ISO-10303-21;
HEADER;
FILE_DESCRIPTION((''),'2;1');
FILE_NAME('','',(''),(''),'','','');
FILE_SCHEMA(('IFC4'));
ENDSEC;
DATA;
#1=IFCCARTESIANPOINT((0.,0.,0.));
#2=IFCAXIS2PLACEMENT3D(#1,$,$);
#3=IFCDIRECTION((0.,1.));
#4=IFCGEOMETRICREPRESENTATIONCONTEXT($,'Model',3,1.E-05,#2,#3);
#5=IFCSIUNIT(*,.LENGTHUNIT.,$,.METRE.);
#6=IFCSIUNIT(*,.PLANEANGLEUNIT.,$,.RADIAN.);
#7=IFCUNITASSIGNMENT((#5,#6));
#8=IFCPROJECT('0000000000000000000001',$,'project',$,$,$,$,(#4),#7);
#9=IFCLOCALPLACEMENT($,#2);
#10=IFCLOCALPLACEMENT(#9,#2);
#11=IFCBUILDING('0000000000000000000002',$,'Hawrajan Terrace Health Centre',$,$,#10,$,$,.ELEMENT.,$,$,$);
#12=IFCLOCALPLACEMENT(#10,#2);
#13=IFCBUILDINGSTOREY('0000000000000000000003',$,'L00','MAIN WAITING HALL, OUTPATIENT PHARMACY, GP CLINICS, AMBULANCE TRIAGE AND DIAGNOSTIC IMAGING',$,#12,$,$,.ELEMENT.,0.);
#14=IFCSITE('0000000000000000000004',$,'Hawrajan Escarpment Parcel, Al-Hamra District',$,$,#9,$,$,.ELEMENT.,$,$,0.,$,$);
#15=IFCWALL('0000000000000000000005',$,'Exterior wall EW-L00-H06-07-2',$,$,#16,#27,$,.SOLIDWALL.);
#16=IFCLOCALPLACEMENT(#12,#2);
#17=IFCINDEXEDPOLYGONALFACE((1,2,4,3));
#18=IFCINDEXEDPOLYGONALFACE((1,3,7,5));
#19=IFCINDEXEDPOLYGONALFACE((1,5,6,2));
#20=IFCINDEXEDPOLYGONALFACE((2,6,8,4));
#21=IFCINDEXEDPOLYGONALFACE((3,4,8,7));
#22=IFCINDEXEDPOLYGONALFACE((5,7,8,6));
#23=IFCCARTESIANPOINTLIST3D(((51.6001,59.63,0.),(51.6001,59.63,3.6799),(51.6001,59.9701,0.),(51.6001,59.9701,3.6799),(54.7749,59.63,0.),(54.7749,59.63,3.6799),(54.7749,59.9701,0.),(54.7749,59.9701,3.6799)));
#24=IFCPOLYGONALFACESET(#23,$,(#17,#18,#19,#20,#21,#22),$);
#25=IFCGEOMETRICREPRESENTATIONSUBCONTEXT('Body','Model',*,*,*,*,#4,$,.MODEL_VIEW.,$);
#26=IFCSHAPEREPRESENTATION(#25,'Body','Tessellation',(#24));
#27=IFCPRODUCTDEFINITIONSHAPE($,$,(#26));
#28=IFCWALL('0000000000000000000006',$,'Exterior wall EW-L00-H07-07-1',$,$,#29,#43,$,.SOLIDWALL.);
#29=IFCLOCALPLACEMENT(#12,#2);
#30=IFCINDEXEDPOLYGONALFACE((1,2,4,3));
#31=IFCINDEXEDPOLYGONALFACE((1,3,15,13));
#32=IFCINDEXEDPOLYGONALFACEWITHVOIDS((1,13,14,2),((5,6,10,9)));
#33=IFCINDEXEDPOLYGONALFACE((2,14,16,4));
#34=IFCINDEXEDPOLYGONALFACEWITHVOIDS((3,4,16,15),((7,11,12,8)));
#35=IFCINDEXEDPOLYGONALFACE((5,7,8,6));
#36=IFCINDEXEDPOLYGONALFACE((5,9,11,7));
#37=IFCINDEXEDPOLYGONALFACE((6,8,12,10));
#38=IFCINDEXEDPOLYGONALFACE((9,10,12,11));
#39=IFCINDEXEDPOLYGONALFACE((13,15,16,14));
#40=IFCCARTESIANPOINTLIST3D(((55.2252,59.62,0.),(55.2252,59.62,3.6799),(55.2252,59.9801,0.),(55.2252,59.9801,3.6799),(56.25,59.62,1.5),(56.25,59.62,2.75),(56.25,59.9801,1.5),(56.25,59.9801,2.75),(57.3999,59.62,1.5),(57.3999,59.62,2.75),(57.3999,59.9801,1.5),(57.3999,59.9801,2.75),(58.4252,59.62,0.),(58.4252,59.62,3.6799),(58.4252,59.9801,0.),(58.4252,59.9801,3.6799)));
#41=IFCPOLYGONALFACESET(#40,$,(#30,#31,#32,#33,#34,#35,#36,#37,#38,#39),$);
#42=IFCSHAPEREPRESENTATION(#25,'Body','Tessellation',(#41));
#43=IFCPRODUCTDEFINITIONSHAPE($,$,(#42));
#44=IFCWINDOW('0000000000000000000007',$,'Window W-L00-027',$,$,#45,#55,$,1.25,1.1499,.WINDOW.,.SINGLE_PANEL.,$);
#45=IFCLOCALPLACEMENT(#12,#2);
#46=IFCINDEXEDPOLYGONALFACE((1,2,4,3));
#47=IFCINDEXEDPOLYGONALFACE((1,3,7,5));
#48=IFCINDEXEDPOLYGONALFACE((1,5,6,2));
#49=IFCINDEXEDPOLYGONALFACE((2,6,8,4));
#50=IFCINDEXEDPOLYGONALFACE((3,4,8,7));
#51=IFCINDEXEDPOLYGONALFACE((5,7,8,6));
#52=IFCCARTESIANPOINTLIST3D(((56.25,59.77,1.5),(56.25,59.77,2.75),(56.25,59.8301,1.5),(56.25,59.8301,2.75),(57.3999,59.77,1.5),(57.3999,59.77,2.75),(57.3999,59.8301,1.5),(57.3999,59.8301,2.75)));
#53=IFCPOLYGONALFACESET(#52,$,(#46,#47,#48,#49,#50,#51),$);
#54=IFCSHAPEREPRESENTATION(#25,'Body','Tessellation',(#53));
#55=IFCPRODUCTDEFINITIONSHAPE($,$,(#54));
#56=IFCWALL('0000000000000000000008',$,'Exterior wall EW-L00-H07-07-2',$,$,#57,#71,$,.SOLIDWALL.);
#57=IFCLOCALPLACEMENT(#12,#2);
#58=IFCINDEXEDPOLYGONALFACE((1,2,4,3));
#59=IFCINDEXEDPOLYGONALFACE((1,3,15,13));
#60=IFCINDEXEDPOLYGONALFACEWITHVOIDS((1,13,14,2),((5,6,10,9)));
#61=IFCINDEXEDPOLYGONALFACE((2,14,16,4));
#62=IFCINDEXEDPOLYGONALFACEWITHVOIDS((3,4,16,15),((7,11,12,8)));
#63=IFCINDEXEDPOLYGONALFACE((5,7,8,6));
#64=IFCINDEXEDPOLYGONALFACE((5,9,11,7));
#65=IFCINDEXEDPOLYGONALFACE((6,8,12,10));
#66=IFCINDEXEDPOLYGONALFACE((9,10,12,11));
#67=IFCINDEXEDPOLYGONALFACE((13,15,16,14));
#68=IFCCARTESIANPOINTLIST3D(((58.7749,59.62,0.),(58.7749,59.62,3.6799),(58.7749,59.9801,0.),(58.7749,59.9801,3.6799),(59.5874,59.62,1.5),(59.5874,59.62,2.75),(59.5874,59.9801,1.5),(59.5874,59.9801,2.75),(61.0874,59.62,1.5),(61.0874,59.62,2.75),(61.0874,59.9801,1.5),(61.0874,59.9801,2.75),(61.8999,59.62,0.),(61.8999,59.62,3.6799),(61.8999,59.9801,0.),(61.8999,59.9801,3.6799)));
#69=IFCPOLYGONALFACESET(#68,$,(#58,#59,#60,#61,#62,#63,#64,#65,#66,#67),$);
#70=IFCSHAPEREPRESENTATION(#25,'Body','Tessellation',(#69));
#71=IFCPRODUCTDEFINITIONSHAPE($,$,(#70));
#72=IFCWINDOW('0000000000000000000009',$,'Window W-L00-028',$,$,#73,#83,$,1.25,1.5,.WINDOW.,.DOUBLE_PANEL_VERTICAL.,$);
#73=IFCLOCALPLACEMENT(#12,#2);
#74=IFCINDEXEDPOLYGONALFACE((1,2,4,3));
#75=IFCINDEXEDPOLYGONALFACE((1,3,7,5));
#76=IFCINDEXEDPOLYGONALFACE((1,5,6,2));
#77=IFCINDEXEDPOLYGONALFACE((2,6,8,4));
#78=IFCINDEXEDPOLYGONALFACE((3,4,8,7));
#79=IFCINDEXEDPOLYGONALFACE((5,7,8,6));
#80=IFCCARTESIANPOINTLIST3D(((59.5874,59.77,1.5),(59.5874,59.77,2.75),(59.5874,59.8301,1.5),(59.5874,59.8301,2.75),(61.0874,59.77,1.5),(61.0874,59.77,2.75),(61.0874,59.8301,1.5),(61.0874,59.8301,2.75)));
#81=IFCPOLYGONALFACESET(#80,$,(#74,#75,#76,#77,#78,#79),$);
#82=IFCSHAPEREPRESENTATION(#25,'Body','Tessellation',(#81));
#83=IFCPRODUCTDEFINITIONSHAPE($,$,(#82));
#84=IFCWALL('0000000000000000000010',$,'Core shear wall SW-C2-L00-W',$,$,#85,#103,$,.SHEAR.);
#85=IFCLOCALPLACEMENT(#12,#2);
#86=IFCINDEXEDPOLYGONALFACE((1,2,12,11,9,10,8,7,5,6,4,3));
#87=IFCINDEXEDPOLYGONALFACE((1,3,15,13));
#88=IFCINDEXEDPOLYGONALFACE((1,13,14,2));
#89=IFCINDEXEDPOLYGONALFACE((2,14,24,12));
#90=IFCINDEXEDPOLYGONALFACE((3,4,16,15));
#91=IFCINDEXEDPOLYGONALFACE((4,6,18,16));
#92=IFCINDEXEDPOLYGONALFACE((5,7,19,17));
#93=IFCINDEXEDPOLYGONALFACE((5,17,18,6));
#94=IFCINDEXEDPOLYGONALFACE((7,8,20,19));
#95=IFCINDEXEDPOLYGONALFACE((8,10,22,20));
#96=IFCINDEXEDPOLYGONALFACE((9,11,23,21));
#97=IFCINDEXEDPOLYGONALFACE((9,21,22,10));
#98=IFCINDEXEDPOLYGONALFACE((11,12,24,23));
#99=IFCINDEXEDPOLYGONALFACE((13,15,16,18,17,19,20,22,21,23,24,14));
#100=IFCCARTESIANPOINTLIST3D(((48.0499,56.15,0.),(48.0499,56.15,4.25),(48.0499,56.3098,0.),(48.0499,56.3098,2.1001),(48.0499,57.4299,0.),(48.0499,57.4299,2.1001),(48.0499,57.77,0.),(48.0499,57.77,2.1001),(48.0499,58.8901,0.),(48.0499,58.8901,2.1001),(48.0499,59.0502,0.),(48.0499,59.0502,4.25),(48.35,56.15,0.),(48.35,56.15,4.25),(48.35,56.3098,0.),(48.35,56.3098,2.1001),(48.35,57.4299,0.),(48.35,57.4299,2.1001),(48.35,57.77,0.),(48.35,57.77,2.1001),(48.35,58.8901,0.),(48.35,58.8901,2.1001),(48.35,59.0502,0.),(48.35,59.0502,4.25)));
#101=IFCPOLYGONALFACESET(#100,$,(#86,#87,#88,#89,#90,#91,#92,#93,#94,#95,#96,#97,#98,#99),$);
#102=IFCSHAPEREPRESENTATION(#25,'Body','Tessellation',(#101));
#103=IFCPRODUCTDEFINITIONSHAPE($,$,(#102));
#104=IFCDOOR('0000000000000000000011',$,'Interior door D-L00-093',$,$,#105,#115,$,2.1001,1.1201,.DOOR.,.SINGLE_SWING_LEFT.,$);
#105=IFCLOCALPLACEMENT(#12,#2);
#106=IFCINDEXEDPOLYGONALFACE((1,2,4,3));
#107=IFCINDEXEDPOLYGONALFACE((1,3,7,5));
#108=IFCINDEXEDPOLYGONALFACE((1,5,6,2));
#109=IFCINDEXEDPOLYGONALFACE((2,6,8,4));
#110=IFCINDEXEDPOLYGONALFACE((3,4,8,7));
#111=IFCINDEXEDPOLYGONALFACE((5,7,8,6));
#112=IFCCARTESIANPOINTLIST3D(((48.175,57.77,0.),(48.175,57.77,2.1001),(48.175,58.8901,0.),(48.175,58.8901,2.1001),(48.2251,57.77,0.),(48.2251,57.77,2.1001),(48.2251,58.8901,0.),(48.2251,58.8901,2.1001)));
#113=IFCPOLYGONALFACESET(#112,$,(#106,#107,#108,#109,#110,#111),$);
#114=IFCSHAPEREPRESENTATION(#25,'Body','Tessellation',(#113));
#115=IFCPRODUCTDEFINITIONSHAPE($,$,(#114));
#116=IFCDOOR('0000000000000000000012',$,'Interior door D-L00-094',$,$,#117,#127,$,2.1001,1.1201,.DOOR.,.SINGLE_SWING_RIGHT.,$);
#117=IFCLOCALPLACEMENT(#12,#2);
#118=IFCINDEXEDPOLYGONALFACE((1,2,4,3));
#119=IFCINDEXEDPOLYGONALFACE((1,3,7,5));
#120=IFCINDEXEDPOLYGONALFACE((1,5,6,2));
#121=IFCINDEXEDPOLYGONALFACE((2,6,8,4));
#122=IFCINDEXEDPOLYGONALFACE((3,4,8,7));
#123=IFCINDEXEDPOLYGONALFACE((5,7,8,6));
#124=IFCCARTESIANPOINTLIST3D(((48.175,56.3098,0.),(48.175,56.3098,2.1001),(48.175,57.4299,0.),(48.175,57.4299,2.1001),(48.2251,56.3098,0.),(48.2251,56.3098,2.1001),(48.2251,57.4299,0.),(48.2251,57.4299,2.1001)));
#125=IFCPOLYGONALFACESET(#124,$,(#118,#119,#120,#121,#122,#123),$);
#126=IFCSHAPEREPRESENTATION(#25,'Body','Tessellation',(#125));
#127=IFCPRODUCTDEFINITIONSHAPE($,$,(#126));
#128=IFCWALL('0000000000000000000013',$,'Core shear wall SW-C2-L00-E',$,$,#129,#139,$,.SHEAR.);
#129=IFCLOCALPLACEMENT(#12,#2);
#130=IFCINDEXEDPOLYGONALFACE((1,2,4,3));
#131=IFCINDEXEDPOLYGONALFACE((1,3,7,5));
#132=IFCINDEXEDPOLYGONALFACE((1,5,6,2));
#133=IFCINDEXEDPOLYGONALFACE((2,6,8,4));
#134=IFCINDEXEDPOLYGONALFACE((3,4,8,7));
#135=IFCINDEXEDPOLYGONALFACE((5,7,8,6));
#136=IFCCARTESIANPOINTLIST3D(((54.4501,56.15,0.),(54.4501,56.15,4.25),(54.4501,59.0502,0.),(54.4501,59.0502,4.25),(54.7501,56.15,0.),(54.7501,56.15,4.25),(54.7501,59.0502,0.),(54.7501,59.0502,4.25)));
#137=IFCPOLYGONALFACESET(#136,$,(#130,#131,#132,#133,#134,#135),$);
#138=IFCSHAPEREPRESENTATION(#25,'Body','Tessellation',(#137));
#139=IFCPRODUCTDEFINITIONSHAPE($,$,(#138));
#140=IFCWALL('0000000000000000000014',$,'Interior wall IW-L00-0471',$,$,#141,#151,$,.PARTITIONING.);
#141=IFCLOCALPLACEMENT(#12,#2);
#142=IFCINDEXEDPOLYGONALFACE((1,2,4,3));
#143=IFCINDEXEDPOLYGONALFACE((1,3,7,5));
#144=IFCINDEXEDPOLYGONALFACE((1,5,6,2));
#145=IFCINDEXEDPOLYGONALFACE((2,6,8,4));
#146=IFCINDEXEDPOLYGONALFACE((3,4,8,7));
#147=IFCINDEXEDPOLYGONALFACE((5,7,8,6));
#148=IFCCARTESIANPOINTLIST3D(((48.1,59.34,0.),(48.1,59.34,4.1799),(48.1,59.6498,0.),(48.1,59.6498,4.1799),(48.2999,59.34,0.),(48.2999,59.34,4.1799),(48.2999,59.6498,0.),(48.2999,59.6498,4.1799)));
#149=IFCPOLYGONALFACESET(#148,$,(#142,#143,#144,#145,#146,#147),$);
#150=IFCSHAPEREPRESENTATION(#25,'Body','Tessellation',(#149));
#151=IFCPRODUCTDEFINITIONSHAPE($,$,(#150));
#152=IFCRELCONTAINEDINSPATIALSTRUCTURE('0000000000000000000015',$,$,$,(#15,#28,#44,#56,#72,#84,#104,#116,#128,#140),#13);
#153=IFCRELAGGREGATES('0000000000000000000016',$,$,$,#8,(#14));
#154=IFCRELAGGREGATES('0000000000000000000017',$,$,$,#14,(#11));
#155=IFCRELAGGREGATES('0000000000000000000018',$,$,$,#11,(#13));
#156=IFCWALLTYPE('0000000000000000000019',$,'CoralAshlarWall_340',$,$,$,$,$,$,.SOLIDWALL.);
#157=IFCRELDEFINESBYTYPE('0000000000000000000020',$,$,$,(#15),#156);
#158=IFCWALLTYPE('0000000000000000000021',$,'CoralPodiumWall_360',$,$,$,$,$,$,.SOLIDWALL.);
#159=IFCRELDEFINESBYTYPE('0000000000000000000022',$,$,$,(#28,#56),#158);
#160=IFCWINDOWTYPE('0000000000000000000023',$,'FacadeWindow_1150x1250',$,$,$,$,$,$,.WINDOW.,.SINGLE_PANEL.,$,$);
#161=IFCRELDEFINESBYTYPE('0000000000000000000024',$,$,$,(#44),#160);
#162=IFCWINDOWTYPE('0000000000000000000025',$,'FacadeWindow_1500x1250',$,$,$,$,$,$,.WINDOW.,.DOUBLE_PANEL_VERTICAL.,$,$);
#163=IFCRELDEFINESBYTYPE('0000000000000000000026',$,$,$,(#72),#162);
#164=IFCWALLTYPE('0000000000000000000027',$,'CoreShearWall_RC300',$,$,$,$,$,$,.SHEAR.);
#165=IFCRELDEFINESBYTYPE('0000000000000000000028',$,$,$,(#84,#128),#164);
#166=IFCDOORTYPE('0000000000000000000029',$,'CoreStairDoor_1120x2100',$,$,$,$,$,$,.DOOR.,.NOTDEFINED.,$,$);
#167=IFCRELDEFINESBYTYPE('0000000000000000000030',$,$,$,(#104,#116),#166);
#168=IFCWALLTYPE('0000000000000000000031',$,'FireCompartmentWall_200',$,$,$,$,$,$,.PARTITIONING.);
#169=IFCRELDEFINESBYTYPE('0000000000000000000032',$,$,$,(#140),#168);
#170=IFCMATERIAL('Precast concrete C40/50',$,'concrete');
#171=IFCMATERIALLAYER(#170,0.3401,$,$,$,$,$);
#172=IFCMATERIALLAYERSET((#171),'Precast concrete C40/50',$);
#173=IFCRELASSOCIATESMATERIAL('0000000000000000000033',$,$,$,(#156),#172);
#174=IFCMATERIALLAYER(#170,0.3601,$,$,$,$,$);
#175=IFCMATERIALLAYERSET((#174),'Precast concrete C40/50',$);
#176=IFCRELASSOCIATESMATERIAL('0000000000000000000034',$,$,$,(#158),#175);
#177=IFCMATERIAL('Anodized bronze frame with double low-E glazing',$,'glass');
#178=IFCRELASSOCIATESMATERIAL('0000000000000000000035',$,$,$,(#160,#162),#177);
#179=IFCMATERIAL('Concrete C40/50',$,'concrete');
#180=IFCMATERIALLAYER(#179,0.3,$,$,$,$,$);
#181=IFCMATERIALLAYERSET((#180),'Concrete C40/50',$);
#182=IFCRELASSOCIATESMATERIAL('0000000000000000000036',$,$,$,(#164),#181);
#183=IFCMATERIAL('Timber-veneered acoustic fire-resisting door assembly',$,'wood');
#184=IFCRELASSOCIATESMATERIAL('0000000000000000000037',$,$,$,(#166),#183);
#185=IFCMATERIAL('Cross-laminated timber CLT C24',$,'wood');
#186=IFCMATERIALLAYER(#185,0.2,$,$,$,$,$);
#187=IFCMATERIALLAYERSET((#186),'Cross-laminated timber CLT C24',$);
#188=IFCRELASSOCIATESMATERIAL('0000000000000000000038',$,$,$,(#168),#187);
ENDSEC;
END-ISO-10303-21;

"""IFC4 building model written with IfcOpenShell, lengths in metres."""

from ifc_helpers import new_model, si_unit, direction, frame, frame_2d, origin, place, context, subcontext, project, spatial, rectangle, extrude, material, layer, layer_set, type_object, element, fill, save


model = new_model("IFC4")

# Units and contexts
model_context = context("Model", 3, precision=1e-05, world=origin(), true_north=direction((0.0, 1.0)))
body_context = subcontext(model_context, "Body", "Model", "MODEL_VIEW")
ifc_project = project(units=[si_unit("LENGTHUNIT", "METRE"), si_unit("PLANEANGLEUNIT", "RADIAN")], contexts=[model_context])

# Site, building, storey
site_placement = place(None, origin())
site = spatial("IfcSite", under=ifc_project, at=site_placement, Name="Hawrajan Escarpment Parcel, Al-Hamra District", CompositionType="ELEMENT", RefElevation=0.0)
building_placement = place(site_placement, origin())
building = spatial("IfcBuilding", under=site, at=building_placement, Name="Hawrajan Terrace Health Centre", CompositionType="ELEMENT")
storey_placement = place(building_placement, origin())
storey = spatial("IfcBuildingStorey", under=building, at=storey_placement, Name="L00", Description="MAIN WAITING HALL, OUTPATIENT PHARMACY, GP CLINICS, AMBULANCE TRIAGE AND DIAGNOSTIC IMAGING", CompositionType="ELEMENT", Elevation=0.0)

# Shared definitions
ifc_material_1 = material(Name="Concrete C40/50", Category="concrete")

# Wall
ifc_material_2 = material(Name="Precast concrete C40/50", Category="concrete")
ifc_layer_1 = layer(ifc_material_2, 0.3401)
ifc_layer_set_1 = layer_set([ifc_layer_1], Name="Precast concrete C40/50")
wall_type_1 = type_object("IfcWallType", Name="CoralAshlarWall_340", PredefinedType="SOLIDWALL", material=ifc_layer_set_1)
wall_1_placement = place(storey_placement, frame((51.6001, 59.8, 0.0), z_axis=(0.0, 0.0, 1.0), x_axis=(1.0, 0.0, 0.0)))
element("IfcWall", 1, at=wall_1_placement, inside=storey, type_object=wall_type_1, Name="Exterior wall EW-L00-H06-07-2", PredefinedType="SOLIDWALL", context=body_context, shape_type="SweptSolid", body=[
    extrude(rectangle(XDim=3.1748, YDim=0.3401, at=frame_2d((1.5874, 0.0))), origin(), (0.0, 0.0, 1.0), 3.6799),
])

# Walls, openings, windows
ifc_layer_2 = layer(ifc_material_2, 0.3601)
ifc_layer_set_2 = layer_set([ifc_layer_2], Name="Precast concrete C40/50")
wall_type_2 = type_object("IfcWallType", Name="CoralPodiumWall_360", PredefinedType="SOLIDWALL", material=ifc_layer_set_2)
wall_2_placement = place(storey_placement, frame((55.2251, 59.8, 0.0), z_axis=(0.0, 0.0, 1.0), x_axis=(1.0, 0.0, 0.0)))
wall_2 = element("IfcWall", 2, at=wall_2_placement, inside=storey, type_object=wall_type_2, Name="Exterior wall EW-L00-H07-07-1", PredefinedType="SOLIDWALL", context=body_context, shape_type="SweptSolid", body=[
    extrude(rectangle(XDim=3.2, YDim=0.3601, at=frame_2d((1.6001, 0.0))), origin(), (0.0, 0.0, 1.0), 3.6799),
])
opening_1_placement = place(wall_2_placement, frame((1.0249, 0.0, 1.5)))
opening_1 = element("IfcOpeningElement", 3, at=opening_1_placement, cuts=wall_2, PredefinedType="OPENING", context=body_context, shape_type="SweptSolid", body=[
    extrude(rectangle(XDim=1.1499, YDim=1.25, at=frame_2d((0.575, 0.625))), frame((0.0, 0.1899, 0.0), z_axis=(0.0, -1.0, 0.0), x_axis=(1.0, 0.0, 0.0)), (0.0, 0.0, 1.0), 0.3801),
])
ifc_material_3 = material(Name="Anodized bronze frame with double low-E glazing", Category="glass")
window_type_1 = type_object("IfcWindowType", Name="FacadeWindow_1150x1250", PartitioningType="SINGLE_PANEL", PredefinedType="WINDOW", material=ifc_material_3)
window_1_placement = place(opening_1_placement, origin())
window_1 = element("IfcWindow", 4, at=window_1_placement, inside=storey, type_object=window_type_1, Name="Window W-L00-027", OverallHeight=1.25, OverallWidth=1.1499, PartitioningType="SINGLE_PANEL", PredefinedType="WINDOW", context=body_context, shape_type="SweptSolid", body=[
    extrude(rectangle(XDim=1.1499, YDim=1.25, at=frame_2d((0.575, 0.625))), frame((0.0, 0.03, 0.0), z_axis=(0.0, -1.0, 0.0), x_axis=(1.0, 0.0, 0.0)), (0.0, 0.0, 1.0), 0.0601),
])
fill(opening_1, window_1)
wall_3_placement = place(storey_placement, frame((58.7749, 59.8, 0.0), z_axis=(0.0, 0.0, 1.0), x_axis=(1.0, 0.0, 0.0)))
wall_3 = element("IfcWall", 5, at=wall_3_placement, inside=storey, type_object=wall_type_2, Name="Exterior wall EW-L00-H07-07-2", PredefinedType="SOLIDWALL", context=body_context, shape_type="SweptSolid", body=[
    extrude(rectangle(XDim=3.125, YDim=0.3601, at=frame_2d((1.5625, 0.0))), origin(), (0.0, 0.0, 1.0), 3.6799),
])
opening_2_placement = place(wall_3_placement, frame((0.8125, 0.0, 1.5)))
opening_2 = element("IfcOpeningElement", 6, at=opening_2_placement, cuts=wall_3, PredefinedType="OPENING", context=body_context, shape_type="SweptSolid", body=[
    extrude(rectangle(XDim=1.5, YDim=1.25, at=frame_2d((0.75, 0.625))), frame((0.0, 0.1899, 0.0), z_axis=(0.0, -1.0, 0.0), x_axis=(1.0, 0.0, 0.0)), (0.0, 0.0, 1.0), 0.3801),
])
window_type_2 = type_object("IfcWindowType", Name="FacadeWindow_1500x1250", PartitioningType="DOUBLE_PANEL_VERTICAL", PredefinedType="WINDOW", material=ifc_material_3)
window_2_placement = place(opening_2_placement, origin())
window_2 = element("IfcWindow", 7, at=window_2_placement, inside=storey, type_object=window_type_2, Name="Window W-L00-028", OverallHeight=1.25, OverallWidth=1.5, PartitioningType="DOUBLE_PANEL_VERTICAL", PredefinedType="WINDOW", context=body_context, shape_type="SweptSolid", body=[
    extrude(rectangle(XDim=1.5, YDim=1.25, at=frame_2d((0.75, 0.625))), frame((0.0, 0.03, 0.0), z_axis=(0.0, -1.0, 0.0), x_axis=(1.0, 0.0, 0.0)), (0.0, 0.0, 1.0), 0.0601),
])
fill(opening_2, window_2)

# Wall, openings, doors
ifc_layer_3 = layer(ifc_material_1, 0.3)
ifc_layer_set_3 = layer_set([ifc_layer_3], Name="Concrete C40/50")
wall_type_3 = type_object("IfcWallType", Name="CoreShearWall_RC300", PredefinedType="SHEAR", material=ifc_layer_set_3)
wall_4_placement = place(storey_placement, frame((48.2, 56.1499, 0.0), z_axis=(0.0, 0.0, 1.0), x_axis=(0.0, 1.0, 0.0)))
wall_4 = element("IfcWall", 8, at=wall_4_placement, inside=storey, type_object=wall_type_3, Name="Core shear wall SW-C2-L00-W", PredefinedType="SHEAR", context=body_context, shape_type="SweptSolid", body=[
    extrude(rectangle(XDim=2.9001, YDim=0.3, at=frame_2d((1.4502, 0.0))), origin(), (0.0, 0.0, 1.0), 4.25),
])
opening_3_placement = place(wall_4_placement, frame((1.6201, 0.0, 0.0)))
opening_3 = element("IfcOpeningElement", 9, at=opening_3_placement, cuts=wall_4, PredefinedType="OPENING", context=body_context, shape_type="SweptSolid", body=[
    extrude(rectangle(XDim=1.1201, YDim=2.1001, at=frame_2d((0.5601, 1.05))), frame((0.0, 0.1599, 0.0), z_axis=(0.0, -1.0, 0.0), x_axis=(1.0, 0.0, 0.0)), (0.0, 0.0, 1.0), 0.3201),
])
opening_4_placement = place(wall_4_placement, frame((0.1599, 0.0, 0.0)))
opening_4 = element("IfcOpeningElement", 10, at=opening_4_placement, cuts=wall_4, PredefinedType="OPENING", context=body_context, shape_type="SweptSolid", body=[
    extrude(rectangle(XDim=1.1201, YDim=2.1001, at=frame_2d((0.5601, 1.05))), frame((0.0, 0.1599, 0.0), z_axis=(0.0, -1.0, 0.0), x_axis=(1.0, 0.0, 0.0)), (0.0, 0.0, 1.0), 0.3201),
])
ifc_material_4 = material(Name="Timber-veneered acoustic fire-resisting door assembly", Category="wood")
door_type = type_object("IfcDoorType", Name="CoreStairDoor_1120x2100", OperationType="NOTDEFINED", PredefinedType="DOOR", material=ifc_material_4)
door_1_placement = place(opening_3_placement, origin())
door_1 = element("IfcDoor", 11, at=door_1_placement, inside=storey, type_object=door_type, Name="Interior door D-L00-093", OperationType="SINGLE_SWING_LEFT", OverallHeight=2.1001, OverallWidth=1.1201, PredefinedType="DOOR", context=body_context, shape_type="SweptSolid", body=[
    extrude(rectangle(XDim=1.1201, YDim=2.1001, at=frame_2d((0.5601, 1.05))), frame((0.0, 0.0249, 0.0), z_axis=(0.0, -1.0, 0.0), x_axis=(1.0, 0.0, 0.0)), (0.0, 0.0, 1.0), 0.05),
])
fill(opening_3, door_1)
door_2_placement = place(opening_4_placement, origin())
door_2 = element("IfcDoor", 12, at=door_2_placement, inside=storey, type_object=door_type, Name="Interior door D-L00-094", OperationType="SINGLE_SWING_RIGHT", OverallHeight=2.1001, OverallWidth=1.1201, PredefinedType="DOOR", context=body_context, shape_type="SweptSolid", body=[
    extrude(rectangle(XDim=1.1201, YDim=2.1001, at=frame_2d((0.5601, 1.05))), frame((0.0, 0.0249, 0.0), z_axis=(0.0, -1.0, 0.0), x_axis=(1.0, 0.0, 0.0)), (0.0, 0.0, 1.0), 0.05),
])
fill(opening_4, door_2)

# Walls
wall_5_placement = place(storey_placement, frame((54.6001, 56.1499, 0.0), z_axis=(0.0, 0.0, 1.0), x_axis=(0.0, 1.0, 0.0)))
element("IfcWall", 13, at=wall_5_placement, inside=storey, type_object=wall_type_3, Name="Core shear wall SW-C2-L00-E", PredefinedType="SHEAR", context=body_context, shape_type="SweptSolid", body=[
    extrude(rectangle(XDim=2.9001, YDim=0.3, at=frame_2d((1.4502, 0.0))), origin(), (0.0, 0.0, 1.0), 4.25),
])
ifc_material_5 = material(Name="Cross-laminated timber CLT C24", Category="wood")
ifc_layer_4 = layer(ifc_material_5, 0.2)
ifc_layer_set_4 = layer_set([ifc_layer_4], Name="Cross-laminated timber CLT C24")
wall_type_4 = type_object("IfcWallType", Name="FireCompartmentWall_200", PredefinedType="PARTITIONING", material=ifc_layer_set_4)
wall_6_placement = place(storey_placement, frame((48.2, 59.3401, 0.0), z_axis=(0.0, 0.0, 1.0), x_axis=(0.0, 1.0, 0.0)))
element("IfcWall", 14, at=wall_6_placement, inside=storey, type_object=wall_type_4, Name="Interior wall IW-L00-0471", PredefinedType="PARTITIONING", context=body_context, shape_type="SweptSolid", body=[
    extrude(rectangle(XDim=0.3098, YDim=0.2, at=frame_2d((0.1548, 0.0))), origin(), (0.0, 0.0, 1.0), 4.1799),
])

save(model, "model.ifc")
